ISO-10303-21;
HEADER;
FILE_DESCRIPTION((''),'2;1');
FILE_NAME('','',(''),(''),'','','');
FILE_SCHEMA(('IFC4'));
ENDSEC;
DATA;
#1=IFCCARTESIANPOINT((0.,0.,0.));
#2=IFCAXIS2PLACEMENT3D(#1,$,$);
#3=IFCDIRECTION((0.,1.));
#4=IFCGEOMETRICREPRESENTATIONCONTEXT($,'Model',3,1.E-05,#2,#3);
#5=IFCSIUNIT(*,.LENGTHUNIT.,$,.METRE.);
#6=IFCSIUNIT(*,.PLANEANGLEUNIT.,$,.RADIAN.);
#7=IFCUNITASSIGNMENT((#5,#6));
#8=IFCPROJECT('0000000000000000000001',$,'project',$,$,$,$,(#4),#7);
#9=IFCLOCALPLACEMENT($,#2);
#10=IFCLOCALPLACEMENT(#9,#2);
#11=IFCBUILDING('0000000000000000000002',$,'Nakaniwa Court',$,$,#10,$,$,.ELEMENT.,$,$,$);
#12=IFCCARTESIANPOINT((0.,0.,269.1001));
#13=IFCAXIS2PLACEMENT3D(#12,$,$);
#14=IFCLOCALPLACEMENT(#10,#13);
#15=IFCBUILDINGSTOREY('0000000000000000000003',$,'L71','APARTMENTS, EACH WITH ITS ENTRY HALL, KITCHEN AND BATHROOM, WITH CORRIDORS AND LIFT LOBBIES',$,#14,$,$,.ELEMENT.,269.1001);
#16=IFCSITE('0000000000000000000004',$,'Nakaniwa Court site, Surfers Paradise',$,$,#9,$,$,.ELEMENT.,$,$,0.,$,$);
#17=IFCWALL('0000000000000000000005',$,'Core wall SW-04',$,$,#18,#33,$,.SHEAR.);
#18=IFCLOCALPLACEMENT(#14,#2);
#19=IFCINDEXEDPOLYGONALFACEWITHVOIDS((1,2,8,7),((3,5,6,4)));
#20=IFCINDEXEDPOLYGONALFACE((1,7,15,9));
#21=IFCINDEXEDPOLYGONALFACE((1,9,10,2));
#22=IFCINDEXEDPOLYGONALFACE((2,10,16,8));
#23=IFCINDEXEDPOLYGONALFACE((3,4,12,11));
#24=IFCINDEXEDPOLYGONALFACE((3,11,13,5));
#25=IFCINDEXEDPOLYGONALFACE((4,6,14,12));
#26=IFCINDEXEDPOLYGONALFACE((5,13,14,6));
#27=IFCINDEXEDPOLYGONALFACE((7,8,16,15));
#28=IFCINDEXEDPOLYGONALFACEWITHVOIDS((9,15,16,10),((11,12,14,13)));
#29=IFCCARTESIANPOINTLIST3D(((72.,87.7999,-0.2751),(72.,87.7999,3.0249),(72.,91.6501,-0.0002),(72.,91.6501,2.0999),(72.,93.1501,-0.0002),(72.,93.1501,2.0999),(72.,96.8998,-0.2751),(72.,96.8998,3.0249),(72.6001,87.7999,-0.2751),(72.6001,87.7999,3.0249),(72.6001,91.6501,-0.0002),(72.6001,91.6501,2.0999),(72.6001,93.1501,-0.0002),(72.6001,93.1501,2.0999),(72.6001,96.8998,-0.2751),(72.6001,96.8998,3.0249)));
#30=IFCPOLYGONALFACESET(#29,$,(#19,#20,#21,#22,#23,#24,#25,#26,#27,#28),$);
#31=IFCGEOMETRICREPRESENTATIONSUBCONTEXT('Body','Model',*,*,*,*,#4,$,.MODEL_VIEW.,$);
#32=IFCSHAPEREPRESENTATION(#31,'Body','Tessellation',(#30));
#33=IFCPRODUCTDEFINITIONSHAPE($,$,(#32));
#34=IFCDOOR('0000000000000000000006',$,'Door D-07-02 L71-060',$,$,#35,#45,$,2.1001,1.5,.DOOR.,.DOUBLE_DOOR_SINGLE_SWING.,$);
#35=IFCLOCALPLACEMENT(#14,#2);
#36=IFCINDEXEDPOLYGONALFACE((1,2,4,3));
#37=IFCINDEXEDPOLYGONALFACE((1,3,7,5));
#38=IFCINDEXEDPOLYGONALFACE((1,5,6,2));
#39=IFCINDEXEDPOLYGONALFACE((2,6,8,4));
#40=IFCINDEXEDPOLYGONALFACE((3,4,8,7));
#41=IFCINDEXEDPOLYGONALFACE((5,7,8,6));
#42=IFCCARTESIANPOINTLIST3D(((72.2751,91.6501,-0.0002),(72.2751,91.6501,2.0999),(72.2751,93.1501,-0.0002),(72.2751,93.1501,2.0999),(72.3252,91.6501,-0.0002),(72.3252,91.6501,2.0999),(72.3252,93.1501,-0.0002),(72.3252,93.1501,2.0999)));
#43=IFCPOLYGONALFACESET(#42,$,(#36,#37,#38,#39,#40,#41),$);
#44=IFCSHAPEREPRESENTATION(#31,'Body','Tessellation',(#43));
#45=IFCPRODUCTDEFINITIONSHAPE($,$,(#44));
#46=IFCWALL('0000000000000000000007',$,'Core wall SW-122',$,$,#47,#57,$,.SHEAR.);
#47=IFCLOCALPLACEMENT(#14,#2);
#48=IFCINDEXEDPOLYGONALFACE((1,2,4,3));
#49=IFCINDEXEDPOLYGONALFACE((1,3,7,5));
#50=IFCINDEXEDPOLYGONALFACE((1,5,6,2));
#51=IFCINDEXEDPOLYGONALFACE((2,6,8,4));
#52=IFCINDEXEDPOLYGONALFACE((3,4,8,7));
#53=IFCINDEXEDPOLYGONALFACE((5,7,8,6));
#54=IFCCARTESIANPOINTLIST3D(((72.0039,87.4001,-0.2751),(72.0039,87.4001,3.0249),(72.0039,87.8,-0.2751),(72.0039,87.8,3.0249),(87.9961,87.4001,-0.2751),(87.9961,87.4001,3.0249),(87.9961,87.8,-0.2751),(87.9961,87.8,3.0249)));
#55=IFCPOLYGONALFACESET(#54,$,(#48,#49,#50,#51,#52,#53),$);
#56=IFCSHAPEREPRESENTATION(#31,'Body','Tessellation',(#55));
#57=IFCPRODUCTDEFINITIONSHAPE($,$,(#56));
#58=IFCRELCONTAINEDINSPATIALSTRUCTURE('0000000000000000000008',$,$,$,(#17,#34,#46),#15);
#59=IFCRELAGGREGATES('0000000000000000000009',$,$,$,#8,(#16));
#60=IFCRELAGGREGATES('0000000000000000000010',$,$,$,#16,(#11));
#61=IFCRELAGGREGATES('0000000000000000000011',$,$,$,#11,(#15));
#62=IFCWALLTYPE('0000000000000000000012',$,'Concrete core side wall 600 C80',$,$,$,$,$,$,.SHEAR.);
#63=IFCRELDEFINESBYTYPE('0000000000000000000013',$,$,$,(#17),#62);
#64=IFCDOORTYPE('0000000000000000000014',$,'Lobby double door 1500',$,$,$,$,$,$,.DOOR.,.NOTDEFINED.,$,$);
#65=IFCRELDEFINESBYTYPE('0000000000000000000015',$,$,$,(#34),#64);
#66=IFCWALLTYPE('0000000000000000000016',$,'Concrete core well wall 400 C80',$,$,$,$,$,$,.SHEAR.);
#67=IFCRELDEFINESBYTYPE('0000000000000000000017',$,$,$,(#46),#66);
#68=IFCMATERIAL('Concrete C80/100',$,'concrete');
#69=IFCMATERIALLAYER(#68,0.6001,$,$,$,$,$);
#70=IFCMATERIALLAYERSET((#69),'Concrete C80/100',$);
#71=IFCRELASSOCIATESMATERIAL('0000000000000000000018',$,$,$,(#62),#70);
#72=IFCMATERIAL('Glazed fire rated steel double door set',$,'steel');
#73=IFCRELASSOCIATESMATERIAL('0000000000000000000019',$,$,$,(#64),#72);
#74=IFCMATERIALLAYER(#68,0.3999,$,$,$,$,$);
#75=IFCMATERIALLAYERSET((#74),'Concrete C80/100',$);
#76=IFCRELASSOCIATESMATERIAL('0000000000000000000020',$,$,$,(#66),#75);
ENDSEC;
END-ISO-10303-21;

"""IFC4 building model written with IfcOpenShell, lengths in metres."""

from ifc_helpers import new_model, si_unit, direction, frame, frame_2d, origin, place, context, subcontext, project, spatial, rectangle, extrude, material, layer, layer_set, type_object, element, fill, save


model = new_model("IFC4")

# Units and contexts
model_context = context("Model", 3, precision=1e-05, world=origin(), true_north=direction((0.0, 1.0)))
body_context = subcontext(model_context, "Body", "Model", "MODEL_VIEW")
ifc_project = project(units=[si_unit("LENGTHUNIT", "METRE"), si_unit("PLANEANGLEUNIT", "RADIAN")], contexts=[model_context])

# Site, building, storey
site_placement = place(None, origin())
site = spatial("IfcSite", under=ifc_project, at=site_placement, Name="Nakaniwa Court site, Surfers Paradise", CompositionType="ELEMENT", RefElevation=0.0)
building_placement = place(site_placement, origin())
building = spatial("IfcBuilding", under=site, at=building_placement, Name="Nakaniwa Court", CompositionType="ELEMENT")
storey_placement = place(building_placement, frame((0.0, 0.0, 269.1001)))
storey = spatial("IfcBuildingStorey", under=building, at=storey_placement, Name="L71", Description="APARTMENTS, EACH WITH ITS ENTRY HALL, KITCHEN AND BATHROOM, WITH CORRIDORS AND LIFT LOBBIES", CompositionType="ELEMENT", Elevation=269.1001)

# Shared definitions
ifc_material_1 = material(Name="Concrete C80/100", Category="concrete")

# Wall, opening, door
ifc_layer_1 = layer(ifc_material_1, 0.6001)
ifc_layer_set_1 = layer_set([ifc_layer_1], Name="Concrete C80/100")
wall_type_1 = type_object("IfcWallType", Name="Concrete core side wall 600 C80", PredefinedType="SHEAR", material=ifc_layer_set_1)
wall_1_placement = place(storey_placement, frame((72.3, 87.8, -0.2751), z_axis=(0.0, 0.0, 1.0), x_axis=(0.0, 1.0, 0.0)))
wall_1 = element("IfcWall", 1, at=wall_1_placement, inside=storey, type_object=wall_type_1, Name="Core wall SW-04", PredefinedType="SHEAR", context=body_context, shape_type="SweptSolid", body=[
    extrude(rectangle(XDim=9.0999, YDim=0.6001, at=frame_2d((4.5498, 0.0))), origin(), (0.0, 0.0, 1.0), 3.3),
])
opening_1_placement = place(wall_1_placement, frame((3.8501, 0.0, 0.2749)))
opening_1 = element("IfcOpeningElement", 2, at=opening_1_placement, cuts=wall_1, PredefinedType="OPENING", context=body_context, shape_type="SweptSolid", body=[
    extrude(rectangle(XDim=1.5, YDim=2.1001, at=frame_2d((0.75, 1.05))), frame((0.0, 0.3101, 0.0), z_axis=(0.0, -1.0, 0.0), x_axis=(1.0, 0.0, 0.0)), (0.0, 0.0, 1.0), 0.6201),
])
ifc_material_2 = material(Name="Glazed fire rated steel double door set", Category="steel")
door_type_1 = type_object("IfcDoorType", Name="Lobby double door 1500", OperationType="NOTDEFINED", PredefinedType="DOOR", material=ifc_material_2)
door_1_placement = place(opening_1_placement, origin())
door_1 = element("IfcDoor", 3, at=door_1_placement, inside=storey, type_object=door_type_1, Name="Door D-07-02 L71-060", OperationType="DOUBLE_DOOR_SINGLE_SWING", OverallHeight=2.1001, OverallWidth=1.5, PredefinedType="DOOR", context=body_context, shape_type="SweptSolid", body=[
    extrude(rectangle(XDim=1.5, YDim=2.1001, at=frame_2d((0.75, 1.05))), frame((0.0, 0.0249, 0.0), z_axis=(0.0, -1.0, 0.0), x_axis=(1.0, 0.0, 0.0)), (0.0, 0.0, 1.0), 0.05),
])
fill(opening_1, door_1)

# Wall
ifc_layer_2 = layer(ifc_material_1, 0.3999)
ifc_layer_set_2 = layer_set([ifc_layer_2], Name="Concrete C80/100")
wall_type_2 = type_object("IfcWallType", Name="Concrete core well wall 400 C80", PredefinedType="SHEAR", material=ifc_layer_set_2)
wall_2_placement = place(storey_placement, frame((72.0039, 87.6001, -0.2751), z_axis=(0.0, 0.0, 1.0), x_axis=(1.0, 0.0, 0.0)))
element("IfcWall", 4, at=wall_2_placement, inside=storey, type_object=wall_type_2, Name="Core wall SW-122", PredefinedType="SHEAR", context=body_context, shape_type="SweptSolid", body=[
    extrude(rectangle(XDim=15.9922, YDim=0.3999, at=frame_2d((7.9961, 0.0))), origin(), (0.0, 0.0, 1.0), 3.3),
])

save(model, "model.ifc")
